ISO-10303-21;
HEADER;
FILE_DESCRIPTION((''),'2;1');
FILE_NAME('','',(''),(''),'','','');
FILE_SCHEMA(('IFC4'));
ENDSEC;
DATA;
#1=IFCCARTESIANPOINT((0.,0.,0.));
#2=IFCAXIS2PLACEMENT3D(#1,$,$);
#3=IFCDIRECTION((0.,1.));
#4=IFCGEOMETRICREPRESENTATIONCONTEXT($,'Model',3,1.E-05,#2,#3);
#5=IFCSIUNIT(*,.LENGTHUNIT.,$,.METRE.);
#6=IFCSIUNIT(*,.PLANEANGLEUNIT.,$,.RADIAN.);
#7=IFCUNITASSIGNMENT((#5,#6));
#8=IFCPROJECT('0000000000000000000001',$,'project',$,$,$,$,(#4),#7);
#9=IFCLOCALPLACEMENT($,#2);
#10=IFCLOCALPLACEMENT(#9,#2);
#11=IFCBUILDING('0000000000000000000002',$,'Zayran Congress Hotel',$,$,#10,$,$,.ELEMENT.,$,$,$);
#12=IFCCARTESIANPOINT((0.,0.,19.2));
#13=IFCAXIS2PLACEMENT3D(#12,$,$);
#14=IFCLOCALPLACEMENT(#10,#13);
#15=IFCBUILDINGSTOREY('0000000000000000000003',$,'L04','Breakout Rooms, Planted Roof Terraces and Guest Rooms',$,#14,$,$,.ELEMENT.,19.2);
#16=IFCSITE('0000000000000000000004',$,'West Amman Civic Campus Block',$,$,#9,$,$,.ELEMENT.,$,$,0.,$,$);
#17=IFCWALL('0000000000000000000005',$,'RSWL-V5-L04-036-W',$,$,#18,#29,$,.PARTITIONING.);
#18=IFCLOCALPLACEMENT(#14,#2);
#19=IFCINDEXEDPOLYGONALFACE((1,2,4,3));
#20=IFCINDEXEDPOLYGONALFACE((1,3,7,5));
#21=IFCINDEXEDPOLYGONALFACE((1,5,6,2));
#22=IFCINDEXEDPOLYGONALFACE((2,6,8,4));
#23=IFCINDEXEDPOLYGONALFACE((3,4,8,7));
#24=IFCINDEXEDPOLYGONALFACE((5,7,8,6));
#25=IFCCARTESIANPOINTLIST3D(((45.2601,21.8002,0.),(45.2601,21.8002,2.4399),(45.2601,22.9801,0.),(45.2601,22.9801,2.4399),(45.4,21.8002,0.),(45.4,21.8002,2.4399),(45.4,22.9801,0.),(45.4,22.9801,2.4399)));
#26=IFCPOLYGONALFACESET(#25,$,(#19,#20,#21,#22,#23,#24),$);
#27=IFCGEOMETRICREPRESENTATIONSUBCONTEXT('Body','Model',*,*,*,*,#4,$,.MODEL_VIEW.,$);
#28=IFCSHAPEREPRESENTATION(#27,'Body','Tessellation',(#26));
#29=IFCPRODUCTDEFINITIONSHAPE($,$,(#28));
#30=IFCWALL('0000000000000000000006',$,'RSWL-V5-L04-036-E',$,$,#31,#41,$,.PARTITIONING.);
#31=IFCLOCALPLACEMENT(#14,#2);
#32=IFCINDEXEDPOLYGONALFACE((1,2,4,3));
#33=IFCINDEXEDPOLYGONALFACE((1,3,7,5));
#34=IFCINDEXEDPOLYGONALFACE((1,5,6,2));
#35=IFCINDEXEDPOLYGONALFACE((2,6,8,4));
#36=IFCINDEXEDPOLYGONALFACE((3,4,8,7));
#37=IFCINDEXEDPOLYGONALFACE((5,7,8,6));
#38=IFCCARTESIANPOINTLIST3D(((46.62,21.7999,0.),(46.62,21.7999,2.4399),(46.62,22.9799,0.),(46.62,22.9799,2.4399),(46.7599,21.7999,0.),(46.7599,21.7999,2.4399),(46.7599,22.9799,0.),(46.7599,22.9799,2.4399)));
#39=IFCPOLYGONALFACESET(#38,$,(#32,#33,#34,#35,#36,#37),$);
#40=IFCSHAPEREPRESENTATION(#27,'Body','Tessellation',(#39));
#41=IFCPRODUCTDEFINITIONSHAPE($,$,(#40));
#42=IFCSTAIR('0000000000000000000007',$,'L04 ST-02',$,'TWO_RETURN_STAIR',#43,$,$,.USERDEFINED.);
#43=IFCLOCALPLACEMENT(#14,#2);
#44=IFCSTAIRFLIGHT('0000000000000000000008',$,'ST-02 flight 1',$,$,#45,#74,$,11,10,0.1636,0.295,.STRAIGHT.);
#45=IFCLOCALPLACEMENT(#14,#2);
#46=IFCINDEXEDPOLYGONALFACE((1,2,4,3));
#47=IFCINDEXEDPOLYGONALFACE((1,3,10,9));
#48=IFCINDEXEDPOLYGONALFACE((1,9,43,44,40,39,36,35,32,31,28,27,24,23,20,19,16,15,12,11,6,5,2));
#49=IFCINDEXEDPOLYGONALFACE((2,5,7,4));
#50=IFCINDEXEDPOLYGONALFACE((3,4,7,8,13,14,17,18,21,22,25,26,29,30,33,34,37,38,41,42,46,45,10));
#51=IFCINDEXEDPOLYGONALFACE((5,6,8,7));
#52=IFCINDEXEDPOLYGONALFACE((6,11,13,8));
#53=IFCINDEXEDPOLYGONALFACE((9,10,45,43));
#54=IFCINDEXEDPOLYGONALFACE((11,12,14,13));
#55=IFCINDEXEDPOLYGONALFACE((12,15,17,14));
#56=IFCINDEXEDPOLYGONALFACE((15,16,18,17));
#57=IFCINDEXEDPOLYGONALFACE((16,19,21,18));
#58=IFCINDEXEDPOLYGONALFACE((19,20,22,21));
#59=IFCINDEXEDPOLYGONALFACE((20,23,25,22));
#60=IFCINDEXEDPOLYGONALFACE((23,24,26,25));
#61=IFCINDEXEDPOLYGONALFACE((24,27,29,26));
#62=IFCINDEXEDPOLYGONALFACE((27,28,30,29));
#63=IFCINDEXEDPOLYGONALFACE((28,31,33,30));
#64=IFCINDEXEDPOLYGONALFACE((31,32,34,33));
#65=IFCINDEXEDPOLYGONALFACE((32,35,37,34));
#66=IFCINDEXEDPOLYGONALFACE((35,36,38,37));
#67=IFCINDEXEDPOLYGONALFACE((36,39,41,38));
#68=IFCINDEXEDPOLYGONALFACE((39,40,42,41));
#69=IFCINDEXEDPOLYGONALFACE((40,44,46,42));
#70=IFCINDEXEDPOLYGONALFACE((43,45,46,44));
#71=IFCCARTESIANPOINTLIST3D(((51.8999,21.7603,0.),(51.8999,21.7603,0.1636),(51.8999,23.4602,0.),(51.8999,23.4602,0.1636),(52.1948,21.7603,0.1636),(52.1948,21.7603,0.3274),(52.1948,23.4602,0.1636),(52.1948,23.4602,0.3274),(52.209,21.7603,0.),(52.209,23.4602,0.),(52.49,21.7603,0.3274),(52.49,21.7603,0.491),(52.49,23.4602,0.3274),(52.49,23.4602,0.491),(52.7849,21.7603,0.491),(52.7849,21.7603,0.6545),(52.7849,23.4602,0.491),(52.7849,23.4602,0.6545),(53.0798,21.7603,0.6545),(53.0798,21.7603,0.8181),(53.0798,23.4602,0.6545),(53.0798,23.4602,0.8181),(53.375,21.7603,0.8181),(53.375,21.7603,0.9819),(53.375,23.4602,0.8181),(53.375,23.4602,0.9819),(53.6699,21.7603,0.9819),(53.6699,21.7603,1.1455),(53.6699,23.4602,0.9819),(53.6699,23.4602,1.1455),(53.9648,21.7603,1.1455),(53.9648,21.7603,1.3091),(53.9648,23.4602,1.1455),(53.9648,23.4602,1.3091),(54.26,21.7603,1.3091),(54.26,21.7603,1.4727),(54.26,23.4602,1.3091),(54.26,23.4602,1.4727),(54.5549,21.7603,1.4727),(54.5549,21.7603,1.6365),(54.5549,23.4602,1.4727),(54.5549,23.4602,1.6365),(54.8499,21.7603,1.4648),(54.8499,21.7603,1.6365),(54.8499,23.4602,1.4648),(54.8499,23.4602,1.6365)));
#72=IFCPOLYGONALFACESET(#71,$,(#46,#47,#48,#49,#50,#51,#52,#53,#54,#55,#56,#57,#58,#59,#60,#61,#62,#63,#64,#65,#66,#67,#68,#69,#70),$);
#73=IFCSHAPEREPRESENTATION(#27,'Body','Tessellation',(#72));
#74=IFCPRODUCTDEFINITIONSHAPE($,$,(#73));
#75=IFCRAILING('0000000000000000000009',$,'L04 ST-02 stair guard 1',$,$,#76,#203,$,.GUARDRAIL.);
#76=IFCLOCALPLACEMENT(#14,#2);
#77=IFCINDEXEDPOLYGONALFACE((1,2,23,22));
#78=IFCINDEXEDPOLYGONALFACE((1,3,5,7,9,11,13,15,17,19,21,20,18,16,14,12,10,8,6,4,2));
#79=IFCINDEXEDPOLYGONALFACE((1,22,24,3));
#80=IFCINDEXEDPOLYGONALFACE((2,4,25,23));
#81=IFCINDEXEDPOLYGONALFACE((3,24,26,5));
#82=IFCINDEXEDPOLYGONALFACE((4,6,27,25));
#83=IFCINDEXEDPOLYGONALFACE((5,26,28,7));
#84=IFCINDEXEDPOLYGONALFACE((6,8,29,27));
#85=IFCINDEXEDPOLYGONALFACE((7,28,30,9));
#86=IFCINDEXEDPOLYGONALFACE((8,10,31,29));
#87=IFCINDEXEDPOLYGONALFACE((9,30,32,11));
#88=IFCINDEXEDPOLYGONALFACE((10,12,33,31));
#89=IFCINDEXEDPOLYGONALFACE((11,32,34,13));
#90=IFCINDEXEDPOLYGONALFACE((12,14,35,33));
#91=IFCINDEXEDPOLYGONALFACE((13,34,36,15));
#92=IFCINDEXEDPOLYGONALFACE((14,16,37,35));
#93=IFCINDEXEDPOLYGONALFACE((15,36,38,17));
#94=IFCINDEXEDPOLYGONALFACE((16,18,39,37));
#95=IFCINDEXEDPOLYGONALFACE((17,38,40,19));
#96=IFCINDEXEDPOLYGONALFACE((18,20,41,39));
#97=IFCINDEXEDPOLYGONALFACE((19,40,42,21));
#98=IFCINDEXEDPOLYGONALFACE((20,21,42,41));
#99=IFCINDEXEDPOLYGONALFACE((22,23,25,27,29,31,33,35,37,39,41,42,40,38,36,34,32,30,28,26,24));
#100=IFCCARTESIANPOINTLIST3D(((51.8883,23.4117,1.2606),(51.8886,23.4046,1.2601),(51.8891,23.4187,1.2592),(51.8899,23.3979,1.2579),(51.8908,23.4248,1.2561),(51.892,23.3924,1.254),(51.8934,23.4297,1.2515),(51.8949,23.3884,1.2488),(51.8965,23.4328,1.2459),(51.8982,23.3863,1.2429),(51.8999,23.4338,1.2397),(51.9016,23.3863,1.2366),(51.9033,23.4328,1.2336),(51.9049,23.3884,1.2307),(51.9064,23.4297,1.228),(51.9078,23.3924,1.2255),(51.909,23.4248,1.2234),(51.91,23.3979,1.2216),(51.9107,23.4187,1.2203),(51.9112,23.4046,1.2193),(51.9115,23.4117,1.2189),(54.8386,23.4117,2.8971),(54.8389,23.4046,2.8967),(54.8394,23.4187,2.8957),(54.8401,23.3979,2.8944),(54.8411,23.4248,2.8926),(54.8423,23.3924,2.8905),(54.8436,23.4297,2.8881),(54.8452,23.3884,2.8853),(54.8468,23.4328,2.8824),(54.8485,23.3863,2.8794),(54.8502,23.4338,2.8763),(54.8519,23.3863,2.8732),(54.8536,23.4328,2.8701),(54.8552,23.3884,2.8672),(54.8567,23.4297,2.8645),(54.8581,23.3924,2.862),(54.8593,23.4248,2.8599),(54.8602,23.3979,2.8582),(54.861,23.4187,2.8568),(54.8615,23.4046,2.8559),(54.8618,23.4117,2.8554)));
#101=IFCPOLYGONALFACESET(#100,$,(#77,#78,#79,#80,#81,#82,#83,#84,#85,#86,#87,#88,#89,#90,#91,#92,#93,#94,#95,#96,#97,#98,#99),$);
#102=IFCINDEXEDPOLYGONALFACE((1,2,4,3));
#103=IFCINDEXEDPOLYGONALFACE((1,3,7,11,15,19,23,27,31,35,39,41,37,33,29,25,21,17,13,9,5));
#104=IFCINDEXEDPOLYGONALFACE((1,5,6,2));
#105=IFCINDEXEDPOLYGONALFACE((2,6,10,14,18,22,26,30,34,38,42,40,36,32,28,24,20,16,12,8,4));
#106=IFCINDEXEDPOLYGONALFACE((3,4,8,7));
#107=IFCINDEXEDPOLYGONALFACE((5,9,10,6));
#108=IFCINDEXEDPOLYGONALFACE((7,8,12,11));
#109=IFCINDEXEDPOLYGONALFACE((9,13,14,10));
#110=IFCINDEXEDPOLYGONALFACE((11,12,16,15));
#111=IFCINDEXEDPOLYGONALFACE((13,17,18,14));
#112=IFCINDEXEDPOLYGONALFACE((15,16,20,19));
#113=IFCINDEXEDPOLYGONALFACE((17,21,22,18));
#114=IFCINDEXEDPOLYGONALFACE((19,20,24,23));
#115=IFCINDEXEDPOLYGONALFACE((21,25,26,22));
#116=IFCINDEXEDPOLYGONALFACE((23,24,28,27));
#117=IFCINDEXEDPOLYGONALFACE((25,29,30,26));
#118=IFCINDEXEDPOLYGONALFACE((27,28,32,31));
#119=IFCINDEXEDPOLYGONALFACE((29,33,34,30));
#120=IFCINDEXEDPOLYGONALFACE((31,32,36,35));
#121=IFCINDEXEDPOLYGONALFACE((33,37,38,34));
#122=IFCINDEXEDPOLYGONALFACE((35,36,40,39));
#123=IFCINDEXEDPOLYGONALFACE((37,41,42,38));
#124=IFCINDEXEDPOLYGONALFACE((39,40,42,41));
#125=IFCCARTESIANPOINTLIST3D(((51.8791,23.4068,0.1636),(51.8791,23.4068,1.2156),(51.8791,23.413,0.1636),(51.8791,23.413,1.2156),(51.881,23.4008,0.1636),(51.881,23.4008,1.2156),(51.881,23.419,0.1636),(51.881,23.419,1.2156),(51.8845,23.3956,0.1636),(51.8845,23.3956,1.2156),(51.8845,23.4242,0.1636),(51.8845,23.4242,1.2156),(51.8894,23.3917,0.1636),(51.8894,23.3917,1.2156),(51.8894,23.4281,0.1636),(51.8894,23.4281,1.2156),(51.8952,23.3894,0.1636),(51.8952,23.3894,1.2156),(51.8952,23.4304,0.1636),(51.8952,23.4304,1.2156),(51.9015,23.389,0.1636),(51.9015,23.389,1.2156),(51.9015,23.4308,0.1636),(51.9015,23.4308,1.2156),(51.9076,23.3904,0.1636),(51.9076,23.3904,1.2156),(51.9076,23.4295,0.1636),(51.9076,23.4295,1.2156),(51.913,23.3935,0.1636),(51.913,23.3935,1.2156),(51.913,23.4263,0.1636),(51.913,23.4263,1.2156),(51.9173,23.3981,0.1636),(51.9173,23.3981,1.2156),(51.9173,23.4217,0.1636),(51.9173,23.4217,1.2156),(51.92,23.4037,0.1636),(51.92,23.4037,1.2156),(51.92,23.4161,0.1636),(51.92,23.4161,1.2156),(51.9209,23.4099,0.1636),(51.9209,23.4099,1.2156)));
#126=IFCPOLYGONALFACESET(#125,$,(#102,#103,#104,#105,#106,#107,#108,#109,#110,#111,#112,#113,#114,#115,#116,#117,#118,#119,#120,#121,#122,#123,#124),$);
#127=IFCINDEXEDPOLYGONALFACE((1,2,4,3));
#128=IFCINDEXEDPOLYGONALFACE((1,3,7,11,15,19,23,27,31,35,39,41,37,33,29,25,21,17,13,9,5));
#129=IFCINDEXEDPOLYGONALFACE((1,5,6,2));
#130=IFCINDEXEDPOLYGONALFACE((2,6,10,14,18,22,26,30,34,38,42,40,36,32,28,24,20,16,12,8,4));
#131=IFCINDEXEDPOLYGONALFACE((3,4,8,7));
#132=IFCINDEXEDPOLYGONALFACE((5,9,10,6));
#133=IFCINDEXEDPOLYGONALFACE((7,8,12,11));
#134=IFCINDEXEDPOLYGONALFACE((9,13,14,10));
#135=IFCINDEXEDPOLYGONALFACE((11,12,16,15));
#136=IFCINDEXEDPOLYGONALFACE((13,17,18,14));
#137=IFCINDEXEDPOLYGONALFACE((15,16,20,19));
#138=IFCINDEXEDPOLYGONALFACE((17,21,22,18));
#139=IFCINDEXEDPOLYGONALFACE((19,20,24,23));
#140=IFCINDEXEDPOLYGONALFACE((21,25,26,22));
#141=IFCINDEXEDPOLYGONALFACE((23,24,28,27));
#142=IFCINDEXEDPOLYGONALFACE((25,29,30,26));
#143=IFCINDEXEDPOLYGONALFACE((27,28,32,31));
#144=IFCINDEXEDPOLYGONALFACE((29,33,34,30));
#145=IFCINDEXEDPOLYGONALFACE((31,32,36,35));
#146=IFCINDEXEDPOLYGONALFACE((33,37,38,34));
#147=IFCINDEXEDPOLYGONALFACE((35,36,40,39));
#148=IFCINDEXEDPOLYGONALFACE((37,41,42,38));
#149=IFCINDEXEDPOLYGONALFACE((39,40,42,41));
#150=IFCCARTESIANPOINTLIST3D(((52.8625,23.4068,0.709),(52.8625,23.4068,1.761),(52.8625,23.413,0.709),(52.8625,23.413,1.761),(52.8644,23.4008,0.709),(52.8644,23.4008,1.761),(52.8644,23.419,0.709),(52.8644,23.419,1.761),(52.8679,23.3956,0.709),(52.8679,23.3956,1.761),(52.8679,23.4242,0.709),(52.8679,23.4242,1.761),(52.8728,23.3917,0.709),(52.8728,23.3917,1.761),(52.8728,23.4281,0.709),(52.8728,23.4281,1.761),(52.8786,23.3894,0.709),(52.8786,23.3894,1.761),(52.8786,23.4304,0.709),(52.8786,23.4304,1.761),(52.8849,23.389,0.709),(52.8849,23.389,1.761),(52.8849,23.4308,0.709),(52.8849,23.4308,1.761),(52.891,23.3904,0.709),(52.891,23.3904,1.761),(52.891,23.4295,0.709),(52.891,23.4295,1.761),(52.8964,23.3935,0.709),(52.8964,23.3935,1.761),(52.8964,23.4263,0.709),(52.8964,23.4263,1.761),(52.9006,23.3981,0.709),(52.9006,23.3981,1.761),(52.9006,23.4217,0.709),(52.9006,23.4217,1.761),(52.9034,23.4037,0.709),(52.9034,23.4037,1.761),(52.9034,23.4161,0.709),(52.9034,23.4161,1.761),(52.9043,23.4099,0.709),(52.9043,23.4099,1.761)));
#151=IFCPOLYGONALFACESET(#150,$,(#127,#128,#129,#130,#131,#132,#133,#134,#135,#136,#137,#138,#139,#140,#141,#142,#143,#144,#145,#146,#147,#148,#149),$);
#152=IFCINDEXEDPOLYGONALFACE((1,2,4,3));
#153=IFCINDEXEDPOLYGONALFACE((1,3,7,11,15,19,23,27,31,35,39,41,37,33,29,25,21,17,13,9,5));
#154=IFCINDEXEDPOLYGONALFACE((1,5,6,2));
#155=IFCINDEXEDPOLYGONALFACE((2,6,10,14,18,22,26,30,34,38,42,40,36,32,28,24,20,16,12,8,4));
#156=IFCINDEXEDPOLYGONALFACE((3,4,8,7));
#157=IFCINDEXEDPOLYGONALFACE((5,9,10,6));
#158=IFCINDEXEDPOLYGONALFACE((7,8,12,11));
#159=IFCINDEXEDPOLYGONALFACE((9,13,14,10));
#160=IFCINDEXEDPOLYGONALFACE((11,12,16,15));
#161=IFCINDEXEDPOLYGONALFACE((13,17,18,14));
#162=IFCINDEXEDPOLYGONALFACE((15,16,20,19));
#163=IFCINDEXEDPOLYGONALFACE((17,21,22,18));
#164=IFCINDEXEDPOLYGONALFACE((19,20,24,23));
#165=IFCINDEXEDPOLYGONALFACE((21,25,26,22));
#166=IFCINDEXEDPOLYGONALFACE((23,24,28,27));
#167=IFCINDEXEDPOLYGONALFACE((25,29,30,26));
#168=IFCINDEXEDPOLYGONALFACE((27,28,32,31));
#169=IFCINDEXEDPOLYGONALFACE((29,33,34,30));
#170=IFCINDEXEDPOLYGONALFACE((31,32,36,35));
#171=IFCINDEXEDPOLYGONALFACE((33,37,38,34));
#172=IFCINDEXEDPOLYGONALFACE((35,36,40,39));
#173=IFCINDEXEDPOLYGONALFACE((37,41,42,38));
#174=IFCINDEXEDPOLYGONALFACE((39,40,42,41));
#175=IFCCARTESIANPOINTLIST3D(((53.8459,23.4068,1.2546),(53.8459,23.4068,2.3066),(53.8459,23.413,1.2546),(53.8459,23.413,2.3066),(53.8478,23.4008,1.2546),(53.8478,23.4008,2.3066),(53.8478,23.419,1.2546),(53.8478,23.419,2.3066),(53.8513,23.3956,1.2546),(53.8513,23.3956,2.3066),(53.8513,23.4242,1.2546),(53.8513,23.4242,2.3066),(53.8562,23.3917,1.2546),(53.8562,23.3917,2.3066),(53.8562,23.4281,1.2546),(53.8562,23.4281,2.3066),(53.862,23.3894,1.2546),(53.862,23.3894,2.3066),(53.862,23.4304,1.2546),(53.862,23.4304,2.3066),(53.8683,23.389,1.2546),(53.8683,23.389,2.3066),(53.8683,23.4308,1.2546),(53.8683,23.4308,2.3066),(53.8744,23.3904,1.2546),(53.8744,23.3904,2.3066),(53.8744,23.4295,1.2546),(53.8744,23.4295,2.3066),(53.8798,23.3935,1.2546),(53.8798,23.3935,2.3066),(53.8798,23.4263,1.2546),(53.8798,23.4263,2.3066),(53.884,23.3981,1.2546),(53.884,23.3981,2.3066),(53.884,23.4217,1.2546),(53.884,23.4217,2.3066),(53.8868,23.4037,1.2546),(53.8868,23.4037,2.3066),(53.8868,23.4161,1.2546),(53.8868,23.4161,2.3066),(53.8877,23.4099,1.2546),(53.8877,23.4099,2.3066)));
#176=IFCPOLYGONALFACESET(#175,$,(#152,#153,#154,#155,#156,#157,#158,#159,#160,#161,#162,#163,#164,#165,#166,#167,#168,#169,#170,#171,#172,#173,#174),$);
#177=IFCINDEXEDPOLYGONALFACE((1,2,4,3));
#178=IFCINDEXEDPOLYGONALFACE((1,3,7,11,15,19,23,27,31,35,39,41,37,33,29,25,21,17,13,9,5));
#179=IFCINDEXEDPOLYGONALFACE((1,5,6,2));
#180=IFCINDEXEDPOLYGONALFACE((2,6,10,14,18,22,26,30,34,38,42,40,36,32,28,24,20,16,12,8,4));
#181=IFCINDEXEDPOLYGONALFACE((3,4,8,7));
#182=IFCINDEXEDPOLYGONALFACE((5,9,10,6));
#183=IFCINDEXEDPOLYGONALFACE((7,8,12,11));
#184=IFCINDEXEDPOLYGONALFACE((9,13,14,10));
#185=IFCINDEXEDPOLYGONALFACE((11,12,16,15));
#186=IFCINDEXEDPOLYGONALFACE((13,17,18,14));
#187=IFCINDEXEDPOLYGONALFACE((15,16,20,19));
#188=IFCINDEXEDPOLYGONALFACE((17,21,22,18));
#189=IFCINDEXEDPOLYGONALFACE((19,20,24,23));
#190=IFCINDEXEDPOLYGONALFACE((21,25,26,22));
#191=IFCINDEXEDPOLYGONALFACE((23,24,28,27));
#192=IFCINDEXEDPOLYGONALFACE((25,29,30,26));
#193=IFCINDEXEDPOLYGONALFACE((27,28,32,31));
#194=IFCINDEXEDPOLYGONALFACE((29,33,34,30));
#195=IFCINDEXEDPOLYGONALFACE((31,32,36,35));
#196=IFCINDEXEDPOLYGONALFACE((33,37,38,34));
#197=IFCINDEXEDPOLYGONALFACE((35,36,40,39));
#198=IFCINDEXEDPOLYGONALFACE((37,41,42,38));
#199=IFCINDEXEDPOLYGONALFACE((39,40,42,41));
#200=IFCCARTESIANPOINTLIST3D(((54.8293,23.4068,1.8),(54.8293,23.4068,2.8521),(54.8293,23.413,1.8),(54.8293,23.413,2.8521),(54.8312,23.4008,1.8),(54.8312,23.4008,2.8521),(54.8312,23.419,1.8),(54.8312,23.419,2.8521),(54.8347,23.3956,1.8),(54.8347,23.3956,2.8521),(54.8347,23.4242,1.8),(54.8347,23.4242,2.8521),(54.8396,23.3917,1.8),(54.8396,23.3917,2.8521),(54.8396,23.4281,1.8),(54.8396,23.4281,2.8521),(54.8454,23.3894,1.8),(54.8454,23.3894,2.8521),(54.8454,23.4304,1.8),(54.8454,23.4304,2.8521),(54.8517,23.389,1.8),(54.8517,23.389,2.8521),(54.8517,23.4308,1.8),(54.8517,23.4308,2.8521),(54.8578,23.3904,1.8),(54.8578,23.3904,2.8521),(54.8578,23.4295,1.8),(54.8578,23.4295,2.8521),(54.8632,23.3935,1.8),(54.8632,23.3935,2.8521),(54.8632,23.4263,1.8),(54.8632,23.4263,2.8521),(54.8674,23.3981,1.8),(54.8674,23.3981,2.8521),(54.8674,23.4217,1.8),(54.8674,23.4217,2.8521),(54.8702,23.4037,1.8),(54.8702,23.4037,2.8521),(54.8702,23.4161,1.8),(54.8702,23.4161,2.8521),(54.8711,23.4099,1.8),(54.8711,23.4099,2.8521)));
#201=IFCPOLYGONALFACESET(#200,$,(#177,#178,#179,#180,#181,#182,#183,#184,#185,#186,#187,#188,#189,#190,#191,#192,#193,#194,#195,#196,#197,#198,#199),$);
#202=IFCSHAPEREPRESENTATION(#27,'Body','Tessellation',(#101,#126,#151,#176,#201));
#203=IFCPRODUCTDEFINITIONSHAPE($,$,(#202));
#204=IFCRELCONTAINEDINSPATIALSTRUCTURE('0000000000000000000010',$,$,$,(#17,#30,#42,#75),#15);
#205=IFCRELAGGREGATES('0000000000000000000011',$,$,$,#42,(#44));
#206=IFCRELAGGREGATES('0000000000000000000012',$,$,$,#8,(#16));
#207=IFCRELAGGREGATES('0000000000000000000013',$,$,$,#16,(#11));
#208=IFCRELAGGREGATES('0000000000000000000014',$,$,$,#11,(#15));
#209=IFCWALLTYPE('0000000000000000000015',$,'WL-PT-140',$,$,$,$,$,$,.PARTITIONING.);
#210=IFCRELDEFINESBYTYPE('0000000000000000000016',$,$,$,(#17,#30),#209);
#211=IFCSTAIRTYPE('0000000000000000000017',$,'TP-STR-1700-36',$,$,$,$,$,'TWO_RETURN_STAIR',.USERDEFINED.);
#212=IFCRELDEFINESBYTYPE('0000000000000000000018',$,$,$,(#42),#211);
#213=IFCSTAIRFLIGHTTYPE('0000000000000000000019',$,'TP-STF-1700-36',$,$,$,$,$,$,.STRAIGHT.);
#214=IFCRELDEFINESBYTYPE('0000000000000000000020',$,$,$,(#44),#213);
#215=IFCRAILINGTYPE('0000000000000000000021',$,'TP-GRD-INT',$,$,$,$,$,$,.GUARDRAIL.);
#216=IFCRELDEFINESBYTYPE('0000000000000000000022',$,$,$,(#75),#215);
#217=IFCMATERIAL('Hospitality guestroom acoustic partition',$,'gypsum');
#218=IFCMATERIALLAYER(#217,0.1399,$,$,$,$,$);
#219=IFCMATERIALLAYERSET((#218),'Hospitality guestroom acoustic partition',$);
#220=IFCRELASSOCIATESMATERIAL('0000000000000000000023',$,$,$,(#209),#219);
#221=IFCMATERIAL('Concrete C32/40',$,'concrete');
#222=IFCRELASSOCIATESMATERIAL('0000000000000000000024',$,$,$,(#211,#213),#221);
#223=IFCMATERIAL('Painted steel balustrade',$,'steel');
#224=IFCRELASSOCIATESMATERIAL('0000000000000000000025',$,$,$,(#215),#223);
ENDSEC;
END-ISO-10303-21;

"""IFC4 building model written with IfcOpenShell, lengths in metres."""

from ifc_helpers import new_model, si_unit, direction, frame, frame_2d, origin, origin_2d, place, context, subcontext, project, spatial, polyline, rectangle, circle, outline, extrude, material, layer, layer_set, type_object, element, aggregate, save


model = new_model("IFC4")

# Units and contexts
model_context = context("Model", 3, precision=1e-05, world=origin(), true_north=direction((0.0, 1.0)))
body_context = subcontext(model_context, "Body", "Model", "MODEL_VIEW")
ifc_project = project(units=[si_unit("LENGTHUNIT", "METRE"), si_unit("PLANEANGLEUNIT", "RADIAN")], contexts=[model_context])

# Site, building, storey
site_placement = place(None, origin())
site = spatial("IfcSite", under=ifc_project, at=site_placement, Name="West Amman Civic Campus Block", CompositionType="ELEMENT", RefElevation=0.0)
building_placement = place(site_placement, origin())
building = spatial("IfcBuilding", under=site, at=building_placement, Name="Zayran Congress Hotel", CompositionType="ELEMENT")
storey_placement = place(building_placement, frame((0.0, 0.0, 19.2)))
storey = spatial("IfcBuildingStorey", under=building, at=storey_placement, Name="L04", Description="Breakout Rooms, Planted Roof Terraces and Guest Rooms", CompositionType="ELEMENT", Elevation=19.2)

# Shared definitions
ifc_material_1 = material(Name="Hospitality guestroom acoustic partition", Category="gypsum")
ifc_layer_1 = layer(ifc_material_1, 0.1399)
ifc_layer_set_1 = layer_set([ifc_layer_1], Name="Hospitality guestroom acoustic partition")
wall_type_1 = type_object("IfcWallType", Name="WL-PT-140", PredefinedType="PARTITIONING", material=ifc_layer_set_1)

# Walls
for number, where, z_axis, x_axis, name in (
    (1, (45.3301, 22.98, 0.0), (0.0, 0.0, 1.0), (0.0, -1.0, 0.0), "RSWL-V5-L04-036-W"),
    (2, (46.6899, 21.8, 0.0), (0.0, 0.0, 1.0), (0.0, 1.0, 0.0), "RSWL-V5-L04-036-E"),
):
    element("IfcWall", number, at=place(storey_placement, frame(where, z_axis=z_axis, x_axis=x_axis)), inside=storey, type_object=wall_type_1, Name=name, PredefinedType="PARTITIONING", context=body_context, shape_type="SweptSolid", body=[
        extrude(rectangle(XDim=1.1799, YDim=0.1399, at=frame_2d((0.5898, 0.0))), origin(), (0.0, 0.0, 1.0), 2.4399),
    ])

# Stair, stair flight
ifc_material_2 = material(Name="Concrete C32/40", Category="concrete")
stair_type = type_object("IfcStairType", Name="TP-STR-1700-36", ElementType="TWO_RETURN_STAIR", PredefinedType="USERDEFINED", material=ifc_material_2)
stair_placement = place(storey_placement, origin())
stair = element("IfcStair", 3, at=stair_placement, inside=storey, type_object=stair_type, Name="L04 ST-02", ObjectType="TWO_RETURN_STAIR", PredefinedType="USERDEFINED")
stair_flight_type = type_object("IfcStairFlightType", Name="TP-STF-1700-36", PredefinedType="STRAIGHT", material=ifc_material_2)
stair_flight_placement = place(storey_placement, frame((51.8999, 22.6101, 0.0), z_axis=(0.0, 0.0, 1.0), x_axis=(1.0, 0.0, 0.0)))
stair_flight = element("IfcStairFlight", 4, at=stair_flight_placement, type_object=stair_flight_type, Name="ST-02 flight 1", NumberOfRisers=11, NumberOfTreads=10, PredefinedType="STRAIGHT", RiserHeight=0.1636, TreadLength=0.295, context=body_context, shape_type="SweptSolid", body=[
    extrude(outline(polyline([(0.0, 0.0), (0.0, 0.1636), (0.2949, 0.1636), (0.2949, 0.3274), (0.5901, 0.3274), (0.5901, 0.491), (0.885, 0.491), (0.885, 0.6545), (1.1799, 0.6545), (1.1799, 0.8181), (1.4751, 0.8181), (1.4751, 0.9819), (1.77, 0.9819), (1.77, 1.1455), (2.0649, 1.1455), (2.0649, 1.3091), (2.3601, 1.3091), (2.3601, 1.4727), (2.655, 1.4727), (2.655, 1.6365), (2.95, 1.6365), (2.95, 1.8), (2.95, 1.4648), (0.3091, 0.0), (0.0, 0.0)])), frame((0.0, 0.8501, 0.0), z_axis=(0.0, -1.0, 0.0), x_axis=(1.0, 0.0, 0.0)), (0.0, 0.0, 1.0), 1.7),
])
aggregate(stair, [stair_flight])

# Railing
ifc_material_3 = material(Name="Painted steel balustrade", Category="steel")
railing_type_1 = type_object("IfcRailingType", Name="TP-GRD-INT", PredefinedType="GUARDRAIL", material=ifc_material_3)
railing_1_placement = place(storey_placement, frame((51.8999, 23.4099, 0.1636)))
element("IfcRailing", 5, at=railing_1_placement, inside=storey, type_object=railing_type_1, Name="L04 ST-02 stair guard 1", PredefinedType="GUARDRAIL", context=body_context, shape_type="SweptSolid", body=[
    extrude(circle(Radius=0.0239, at=origin_2d()), frame((0.0, 0.0, 1.0762), z_axis=(0.874475, 0.0, 0.485071), x_axis=(0.0, 1.0, 0.0)), (0.0, 0.0, 1.0), 3.3738),
    extrude(circle(Radius=0.021, at=origin_2d()), origin(), (0.0, 0.0, 1.0), 1.052),
    extrude(circle(Radius=0.021, at=origin_2d()), frame((0.9834, 0.0, 0.5454)), (0.0, 0.0, 1.0), 1.052),
    extrude(circle(Radius=0.021, at=origin_2d()), frame((1.9668, 0.0, 1.0911)), (0.0, 0.0, 1.0), 1.052),
    extrude(circle(Radius=0.021, at=origin_2d()), frame((2.9502, 0.0, 1.6365)), (0.0, 0.0, 1.0), 1.052),
])

save(model, "model.ifc")
